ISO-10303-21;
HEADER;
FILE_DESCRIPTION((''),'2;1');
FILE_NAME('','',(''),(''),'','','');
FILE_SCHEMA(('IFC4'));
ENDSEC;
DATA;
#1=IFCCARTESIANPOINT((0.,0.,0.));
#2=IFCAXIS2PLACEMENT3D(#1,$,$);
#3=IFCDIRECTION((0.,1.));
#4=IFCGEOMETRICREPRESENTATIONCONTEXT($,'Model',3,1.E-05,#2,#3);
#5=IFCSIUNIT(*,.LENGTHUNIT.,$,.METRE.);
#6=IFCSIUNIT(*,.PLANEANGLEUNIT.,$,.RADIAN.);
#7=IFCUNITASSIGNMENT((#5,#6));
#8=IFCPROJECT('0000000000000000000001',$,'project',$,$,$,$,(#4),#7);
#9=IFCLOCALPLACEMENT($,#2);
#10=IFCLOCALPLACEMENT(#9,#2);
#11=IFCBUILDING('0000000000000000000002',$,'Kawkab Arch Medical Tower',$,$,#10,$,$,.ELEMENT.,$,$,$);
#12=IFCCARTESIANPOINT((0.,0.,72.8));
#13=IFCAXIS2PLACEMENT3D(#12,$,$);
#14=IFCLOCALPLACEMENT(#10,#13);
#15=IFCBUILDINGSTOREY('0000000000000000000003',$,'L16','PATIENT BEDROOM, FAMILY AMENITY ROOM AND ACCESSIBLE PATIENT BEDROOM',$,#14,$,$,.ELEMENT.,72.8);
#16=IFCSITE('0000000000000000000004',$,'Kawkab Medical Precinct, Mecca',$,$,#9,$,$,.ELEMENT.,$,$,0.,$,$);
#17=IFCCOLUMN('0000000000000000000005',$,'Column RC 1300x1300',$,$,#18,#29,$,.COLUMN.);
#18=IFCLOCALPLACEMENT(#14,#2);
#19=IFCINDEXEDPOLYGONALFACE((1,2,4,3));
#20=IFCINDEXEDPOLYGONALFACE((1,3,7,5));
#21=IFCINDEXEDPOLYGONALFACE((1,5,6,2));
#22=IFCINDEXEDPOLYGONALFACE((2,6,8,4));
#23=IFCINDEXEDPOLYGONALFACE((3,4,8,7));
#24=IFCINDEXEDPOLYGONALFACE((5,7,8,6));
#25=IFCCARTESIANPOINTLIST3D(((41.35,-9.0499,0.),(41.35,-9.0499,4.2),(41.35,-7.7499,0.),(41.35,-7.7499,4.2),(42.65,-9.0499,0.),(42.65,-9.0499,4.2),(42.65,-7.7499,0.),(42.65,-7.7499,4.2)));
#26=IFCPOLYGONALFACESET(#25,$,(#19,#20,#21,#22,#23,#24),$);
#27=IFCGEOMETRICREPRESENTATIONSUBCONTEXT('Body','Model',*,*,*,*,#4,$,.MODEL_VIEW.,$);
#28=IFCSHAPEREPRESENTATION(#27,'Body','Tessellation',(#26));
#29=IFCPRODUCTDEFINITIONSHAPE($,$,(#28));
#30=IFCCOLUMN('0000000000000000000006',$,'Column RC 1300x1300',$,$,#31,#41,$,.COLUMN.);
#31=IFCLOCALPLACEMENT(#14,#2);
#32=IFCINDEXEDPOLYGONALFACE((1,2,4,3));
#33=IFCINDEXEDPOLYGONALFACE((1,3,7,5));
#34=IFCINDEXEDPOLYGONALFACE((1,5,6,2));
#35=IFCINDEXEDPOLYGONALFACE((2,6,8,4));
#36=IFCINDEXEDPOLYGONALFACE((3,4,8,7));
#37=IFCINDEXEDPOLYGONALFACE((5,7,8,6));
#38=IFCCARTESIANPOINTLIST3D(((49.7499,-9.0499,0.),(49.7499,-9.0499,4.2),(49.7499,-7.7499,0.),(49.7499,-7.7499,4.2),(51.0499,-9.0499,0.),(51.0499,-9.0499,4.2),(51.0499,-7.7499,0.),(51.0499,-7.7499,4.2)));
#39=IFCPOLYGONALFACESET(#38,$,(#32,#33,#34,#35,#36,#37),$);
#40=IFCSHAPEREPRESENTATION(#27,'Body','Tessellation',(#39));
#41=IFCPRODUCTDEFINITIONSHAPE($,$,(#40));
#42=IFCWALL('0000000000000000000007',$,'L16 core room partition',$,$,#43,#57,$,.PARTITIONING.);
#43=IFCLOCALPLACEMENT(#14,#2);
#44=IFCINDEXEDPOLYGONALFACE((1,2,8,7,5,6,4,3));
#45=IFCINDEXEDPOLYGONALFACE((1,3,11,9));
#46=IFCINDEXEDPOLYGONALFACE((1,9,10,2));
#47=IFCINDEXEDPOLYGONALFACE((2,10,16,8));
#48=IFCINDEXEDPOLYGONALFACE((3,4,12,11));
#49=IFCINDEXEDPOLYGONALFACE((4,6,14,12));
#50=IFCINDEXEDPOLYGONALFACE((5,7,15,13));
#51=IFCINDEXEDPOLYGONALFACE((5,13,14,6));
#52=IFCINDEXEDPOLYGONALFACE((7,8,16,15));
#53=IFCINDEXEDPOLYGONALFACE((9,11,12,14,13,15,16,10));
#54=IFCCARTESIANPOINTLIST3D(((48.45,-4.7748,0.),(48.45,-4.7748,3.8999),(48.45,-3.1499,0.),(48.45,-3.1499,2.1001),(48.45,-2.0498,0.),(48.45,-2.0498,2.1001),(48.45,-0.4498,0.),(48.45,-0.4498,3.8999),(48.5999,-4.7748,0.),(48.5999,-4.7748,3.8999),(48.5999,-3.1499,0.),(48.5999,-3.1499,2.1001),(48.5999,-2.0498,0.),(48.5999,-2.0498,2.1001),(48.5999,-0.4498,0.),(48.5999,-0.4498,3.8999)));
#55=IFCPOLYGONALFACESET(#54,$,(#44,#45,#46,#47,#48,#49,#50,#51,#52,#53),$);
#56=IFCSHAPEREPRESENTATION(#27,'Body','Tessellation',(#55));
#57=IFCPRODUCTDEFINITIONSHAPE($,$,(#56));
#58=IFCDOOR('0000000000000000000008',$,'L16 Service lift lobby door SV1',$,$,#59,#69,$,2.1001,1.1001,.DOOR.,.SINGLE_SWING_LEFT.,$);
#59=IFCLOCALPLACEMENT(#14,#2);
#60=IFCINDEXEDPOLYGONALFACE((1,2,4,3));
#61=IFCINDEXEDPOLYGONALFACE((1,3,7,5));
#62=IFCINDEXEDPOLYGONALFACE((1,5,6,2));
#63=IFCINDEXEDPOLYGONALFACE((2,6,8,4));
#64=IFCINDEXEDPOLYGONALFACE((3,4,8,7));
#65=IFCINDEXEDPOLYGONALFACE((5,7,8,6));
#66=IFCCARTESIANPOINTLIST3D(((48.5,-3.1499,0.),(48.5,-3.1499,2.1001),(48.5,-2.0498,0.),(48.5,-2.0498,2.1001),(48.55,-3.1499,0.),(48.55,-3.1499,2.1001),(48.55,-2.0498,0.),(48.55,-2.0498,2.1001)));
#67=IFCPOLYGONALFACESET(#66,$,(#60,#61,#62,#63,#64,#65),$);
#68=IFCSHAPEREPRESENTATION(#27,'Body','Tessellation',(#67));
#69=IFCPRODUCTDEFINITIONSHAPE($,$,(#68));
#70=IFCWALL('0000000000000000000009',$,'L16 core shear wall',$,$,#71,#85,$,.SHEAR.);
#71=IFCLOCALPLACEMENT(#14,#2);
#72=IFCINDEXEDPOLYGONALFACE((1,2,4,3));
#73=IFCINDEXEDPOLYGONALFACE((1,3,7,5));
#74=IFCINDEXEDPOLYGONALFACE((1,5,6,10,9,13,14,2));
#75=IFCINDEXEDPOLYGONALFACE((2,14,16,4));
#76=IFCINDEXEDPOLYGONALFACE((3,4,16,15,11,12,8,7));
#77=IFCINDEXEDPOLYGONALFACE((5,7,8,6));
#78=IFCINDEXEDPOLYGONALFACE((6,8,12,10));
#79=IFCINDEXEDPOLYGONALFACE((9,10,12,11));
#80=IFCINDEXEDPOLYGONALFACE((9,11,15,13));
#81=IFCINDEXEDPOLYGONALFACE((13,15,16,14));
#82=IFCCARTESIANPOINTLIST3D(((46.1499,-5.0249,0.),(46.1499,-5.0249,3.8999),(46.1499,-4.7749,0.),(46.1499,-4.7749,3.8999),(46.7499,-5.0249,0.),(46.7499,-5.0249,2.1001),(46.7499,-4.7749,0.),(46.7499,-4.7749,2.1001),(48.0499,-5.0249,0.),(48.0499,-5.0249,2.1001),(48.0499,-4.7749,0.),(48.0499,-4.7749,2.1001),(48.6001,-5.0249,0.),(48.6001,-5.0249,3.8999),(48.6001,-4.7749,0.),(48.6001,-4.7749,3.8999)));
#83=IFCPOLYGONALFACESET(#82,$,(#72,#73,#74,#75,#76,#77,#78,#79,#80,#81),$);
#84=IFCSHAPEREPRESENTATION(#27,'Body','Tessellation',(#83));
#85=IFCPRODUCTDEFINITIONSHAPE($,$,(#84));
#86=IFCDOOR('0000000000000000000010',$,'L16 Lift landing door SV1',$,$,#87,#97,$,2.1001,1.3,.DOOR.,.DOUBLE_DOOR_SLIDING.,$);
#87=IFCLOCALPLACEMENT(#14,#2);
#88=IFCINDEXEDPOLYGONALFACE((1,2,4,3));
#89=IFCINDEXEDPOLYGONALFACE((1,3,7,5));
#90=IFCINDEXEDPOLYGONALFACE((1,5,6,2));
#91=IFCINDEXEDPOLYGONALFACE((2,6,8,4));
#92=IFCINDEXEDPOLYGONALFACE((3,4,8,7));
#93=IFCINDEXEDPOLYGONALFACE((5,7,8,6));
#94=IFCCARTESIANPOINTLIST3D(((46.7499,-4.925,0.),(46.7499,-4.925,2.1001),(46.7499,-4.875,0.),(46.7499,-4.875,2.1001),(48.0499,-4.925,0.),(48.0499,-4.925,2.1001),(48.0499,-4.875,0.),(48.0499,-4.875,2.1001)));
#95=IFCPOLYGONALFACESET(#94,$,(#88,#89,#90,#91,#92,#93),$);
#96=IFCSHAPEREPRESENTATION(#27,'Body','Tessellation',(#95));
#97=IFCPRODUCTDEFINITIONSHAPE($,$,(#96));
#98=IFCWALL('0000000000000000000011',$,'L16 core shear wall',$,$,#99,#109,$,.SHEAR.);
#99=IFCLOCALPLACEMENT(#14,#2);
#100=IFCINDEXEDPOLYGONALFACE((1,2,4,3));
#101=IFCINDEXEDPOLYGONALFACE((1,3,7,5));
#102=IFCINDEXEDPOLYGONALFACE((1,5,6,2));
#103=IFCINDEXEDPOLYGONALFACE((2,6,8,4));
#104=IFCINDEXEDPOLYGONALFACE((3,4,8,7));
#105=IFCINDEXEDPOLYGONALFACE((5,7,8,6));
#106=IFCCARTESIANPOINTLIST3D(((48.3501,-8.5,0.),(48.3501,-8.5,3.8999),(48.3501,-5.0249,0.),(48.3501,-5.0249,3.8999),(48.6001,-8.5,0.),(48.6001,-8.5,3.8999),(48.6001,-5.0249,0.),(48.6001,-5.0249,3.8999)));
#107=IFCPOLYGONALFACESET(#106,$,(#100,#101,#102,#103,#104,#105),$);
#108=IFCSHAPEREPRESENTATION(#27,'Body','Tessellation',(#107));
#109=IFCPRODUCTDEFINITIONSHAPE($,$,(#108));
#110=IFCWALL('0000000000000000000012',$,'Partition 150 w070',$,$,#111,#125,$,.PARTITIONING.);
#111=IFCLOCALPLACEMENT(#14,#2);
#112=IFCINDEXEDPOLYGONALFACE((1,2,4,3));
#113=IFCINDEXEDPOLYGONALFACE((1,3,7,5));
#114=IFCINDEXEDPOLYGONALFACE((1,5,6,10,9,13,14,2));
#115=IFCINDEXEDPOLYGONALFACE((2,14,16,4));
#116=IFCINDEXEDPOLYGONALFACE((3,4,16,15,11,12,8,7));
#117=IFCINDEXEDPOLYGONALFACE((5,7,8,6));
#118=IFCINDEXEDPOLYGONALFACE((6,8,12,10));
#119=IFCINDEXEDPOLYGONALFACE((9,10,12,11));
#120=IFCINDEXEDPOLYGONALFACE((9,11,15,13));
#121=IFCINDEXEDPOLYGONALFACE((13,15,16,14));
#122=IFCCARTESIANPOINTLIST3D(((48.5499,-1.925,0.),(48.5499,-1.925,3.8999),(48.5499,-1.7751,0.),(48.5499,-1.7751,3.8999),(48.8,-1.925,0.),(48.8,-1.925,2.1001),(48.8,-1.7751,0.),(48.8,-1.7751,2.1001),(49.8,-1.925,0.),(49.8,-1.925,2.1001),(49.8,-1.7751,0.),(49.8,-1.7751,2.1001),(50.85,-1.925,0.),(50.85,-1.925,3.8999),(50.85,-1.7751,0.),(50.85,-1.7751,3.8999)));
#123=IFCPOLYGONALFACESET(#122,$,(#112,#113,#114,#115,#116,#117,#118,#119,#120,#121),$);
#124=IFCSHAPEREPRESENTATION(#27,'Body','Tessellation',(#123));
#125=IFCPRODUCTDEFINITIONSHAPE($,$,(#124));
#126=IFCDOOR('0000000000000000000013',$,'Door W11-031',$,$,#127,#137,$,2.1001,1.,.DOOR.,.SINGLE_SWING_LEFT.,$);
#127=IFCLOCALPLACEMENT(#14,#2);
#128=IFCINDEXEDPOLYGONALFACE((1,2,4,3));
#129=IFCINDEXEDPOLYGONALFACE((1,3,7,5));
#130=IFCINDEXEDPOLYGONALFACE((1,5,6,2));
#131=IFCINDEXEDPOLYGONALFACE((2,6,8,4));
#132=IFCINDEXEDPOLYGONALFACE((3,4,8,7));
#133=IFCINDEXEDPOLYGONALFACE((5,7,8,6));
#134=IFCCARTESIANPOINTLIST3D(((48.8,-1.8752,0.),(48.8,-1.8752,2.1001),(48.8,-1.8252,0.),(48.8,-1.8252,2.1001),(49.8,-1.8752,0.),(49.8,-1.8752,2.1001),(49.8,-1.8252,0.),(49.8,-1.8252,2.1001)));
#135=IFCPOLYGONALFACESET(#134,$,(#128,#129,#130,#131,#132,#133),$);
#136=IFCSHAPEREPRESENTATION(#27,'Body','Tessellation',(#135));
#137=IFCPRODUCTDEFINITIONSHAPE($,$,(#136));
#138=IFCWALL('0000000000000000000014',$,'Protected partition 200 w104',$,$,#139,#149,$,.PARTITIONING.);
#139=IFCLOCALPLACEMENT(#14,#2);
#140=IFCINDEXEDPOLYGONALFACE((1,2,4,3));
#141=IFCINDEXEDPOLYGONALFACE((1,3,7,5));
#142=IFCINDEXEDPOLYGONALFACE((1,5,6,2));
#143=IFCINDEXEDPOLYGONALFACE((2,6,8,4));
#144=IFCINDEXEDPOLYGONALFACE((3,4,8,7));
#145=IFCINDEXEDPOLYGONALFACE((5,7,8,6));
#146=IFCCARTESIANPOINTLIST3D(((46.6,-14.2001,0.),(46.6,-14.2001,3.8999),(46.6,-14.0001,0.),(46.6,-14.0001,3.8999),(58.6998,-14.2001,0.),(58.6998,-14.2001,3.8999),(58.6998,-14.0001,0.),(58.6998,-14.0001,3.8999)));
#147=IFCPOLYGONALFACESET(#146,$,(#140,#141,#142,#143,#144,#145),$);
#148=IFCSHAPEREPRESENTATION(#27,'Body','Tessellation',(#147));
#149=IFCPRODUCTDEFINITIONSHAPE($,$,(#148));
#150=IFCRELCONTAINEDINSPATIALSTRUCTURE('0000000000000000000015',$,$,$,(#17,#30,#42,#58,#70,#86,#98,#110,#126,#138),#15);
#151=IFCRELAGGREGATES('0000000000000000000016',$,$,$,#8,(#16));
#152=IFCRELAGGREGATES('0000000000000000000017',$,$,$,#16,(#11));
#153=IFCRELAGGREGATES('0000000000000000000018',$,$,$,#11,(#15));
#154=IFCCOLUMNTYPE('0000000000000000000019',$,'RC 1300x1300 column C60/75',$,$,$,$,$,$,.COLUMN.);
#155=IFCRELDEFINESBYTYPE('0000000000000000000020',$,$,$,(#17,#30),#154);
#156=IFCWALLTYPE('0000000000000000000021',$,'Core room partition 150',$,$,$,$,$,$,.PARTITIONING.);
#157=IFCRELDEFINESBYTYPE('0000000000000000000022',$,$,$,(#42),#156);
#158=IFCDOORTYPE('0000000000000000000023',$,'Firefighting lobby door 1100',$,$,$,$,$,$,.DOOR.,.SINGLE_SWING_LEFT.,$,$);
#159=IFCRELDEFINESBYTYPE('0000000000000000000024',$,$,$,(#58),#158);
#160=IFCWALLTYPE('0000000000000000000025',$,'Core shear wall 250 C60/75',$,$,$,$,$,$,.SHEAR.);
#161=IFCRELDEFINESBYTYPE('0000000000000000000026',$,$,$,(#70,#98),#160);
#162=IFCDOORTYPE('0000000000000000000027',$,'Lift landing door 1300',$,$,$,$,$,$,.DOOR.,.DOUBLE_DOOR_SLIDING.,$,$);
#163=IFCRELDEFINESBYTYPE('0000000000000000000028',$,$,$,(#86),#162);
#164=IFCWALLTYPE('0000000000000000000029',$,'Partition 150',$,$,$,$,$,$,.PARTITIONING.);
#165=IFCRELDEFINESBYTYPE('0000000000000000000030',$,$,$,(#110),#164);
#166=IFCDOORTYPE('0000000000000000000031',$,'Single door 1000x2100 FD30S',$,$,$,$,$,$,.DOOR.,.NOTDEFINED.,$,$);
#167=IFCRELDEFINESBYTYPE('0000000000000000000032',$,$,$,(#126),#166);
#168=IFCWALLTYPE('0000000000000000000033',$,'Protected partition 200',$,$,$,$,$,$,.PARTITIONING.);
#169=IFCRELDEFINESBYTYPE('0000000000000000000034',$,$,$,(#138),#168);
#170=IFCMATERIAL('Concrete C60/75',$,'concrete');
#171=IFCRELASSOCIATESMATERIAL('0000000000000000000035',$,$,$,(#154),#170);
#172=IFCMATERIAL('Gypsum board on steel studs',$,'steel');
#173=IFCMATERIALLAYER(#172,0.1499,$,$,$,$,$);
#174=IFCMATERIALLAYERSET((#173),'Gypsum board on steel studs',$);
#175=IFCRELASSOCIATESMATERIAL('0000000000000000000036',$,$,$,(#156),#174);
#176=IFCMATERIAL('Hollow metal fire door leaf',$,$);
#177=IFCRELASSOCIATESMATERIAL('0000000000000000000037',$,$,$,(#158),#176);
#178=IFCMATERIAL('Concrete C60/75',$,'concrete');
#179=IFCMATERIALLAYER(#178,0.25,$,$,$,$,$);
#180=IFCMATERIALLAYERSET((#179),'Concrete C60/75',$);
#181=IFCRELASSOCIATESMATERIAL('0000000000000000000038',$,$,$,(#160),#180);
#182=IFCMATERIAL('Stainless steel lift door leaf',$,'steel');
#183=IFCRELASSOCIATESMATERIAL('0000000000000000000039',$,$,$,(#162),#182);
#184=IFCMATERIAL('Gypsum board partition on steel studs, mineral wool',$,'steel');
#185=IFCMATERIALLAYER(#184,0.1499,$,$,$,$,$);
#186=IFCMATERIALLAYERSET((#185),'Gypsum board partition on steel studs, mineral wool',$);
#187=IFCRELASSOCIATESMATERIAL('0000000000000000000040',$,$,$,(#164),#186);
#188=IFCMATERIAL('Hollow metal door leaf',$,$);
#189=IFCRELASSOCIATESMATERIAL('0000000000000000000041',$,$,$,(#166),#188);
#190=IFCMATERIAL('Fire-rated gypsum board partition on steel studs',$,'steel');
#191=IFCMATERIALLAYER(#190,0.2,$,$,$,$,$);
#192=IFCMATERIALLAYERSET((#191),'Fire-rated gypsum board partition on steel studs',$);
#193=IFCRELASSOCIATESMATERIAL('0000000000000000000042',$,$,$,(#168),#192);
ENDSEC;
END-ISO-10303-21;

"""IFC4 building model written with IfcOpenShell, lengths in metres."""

from ifc_helpers import new_model, si_unit, direction, frame, frame_2d, origin, origin_2d, place, context, subcontext, project, spatial, rectangle, extrude, material, layer, layer_set, material_profile, profile_set, type_object, element, fill, save


model = new_model("IFC4")

# Units and contexts
model_context = context("Model", 3, precision=1e-05, world=origin(), true_north=direction((0.0, 1.0)))
body_context = subcontext(model_context, "Body", "Model", "MODEL_VIEW")
ifc_project = project(units=[si_unit("LENGTHUNIT", "METRE"), si_unit("PLANEANGLEUNIT", "RADIAN")], contexts=[model_context])

# Site, building, storey
site_placement = place(None, origin())
site = spatial("IfcSite", under=ifc_project, at=site_placement, Name="Kawkab Medical Precinct, Mecca", CompositionType="ELEMENT", RefElevation=0.0)
building_placement = place(site_placement, origin())
building = spatial("IfcBuilding", under=site, at=building_placement, Name="Kawkab Arch Medical Tower", CompositionType="ELEMENT")
storey_placement = place(building_placement, frame((0.0, 0.0, 72.8)))
storey = spatial("IfcBuildingStorey", under=building, at=storey_placement, Name="L16", Description="PATIENT BEDROOM, FAMILY AMENITY ROOM AND ACCESSIBLE PATIENT BEDROOM", CompositionType="ELEMENT", Elevation=72.8)

# Columns
ifc_material_1 = material(Name="Concrete C60/75", Category="concrete")
ifc_material_profile = material_profile(ifc_material_1, rectangle(XDim=1.3, YDim=1.3, at=origin_2d()), Name="RC 1300x1300")
ifc_profile_set = profile_set([ifc_material_profile], Name="Concrete C60/75")
column_type = type_object("IfcColumnType", Name="RC 1300x1300 column C60/75", PredefinedType="COLUMN", material=ifc_profile_set)
for number, where, z_axis, x_axis, name in (
    (1, (42.0, -8.3999, 0.0), (0.0, 0.0, 1.0), (1.0, 0.0, 0.0), "Column RC 1300x1300"),
    (2, (50.3999, -8.3999, 0.0), (0.0, 0.0, 1.0), (1.0, 0.0, 0.0), "Column RC 1300x1300"),
):
    element("IfcColumn", number, at=place(storey_placement, frame(where, z_axis=z_axis, x_axis=x_axis)), inside=storey, type_object=column_type, Name=name, PredefinedType="COLUMN", context=body_context, shape_type="SweptSolid", body=[
        extrude(rectangle(XDim=1.3, YDim=1.3, at=origin_2d()), origin(), (0.0, 0.0, 1.0), 4.2),
    ])

# Walls, openings, doors
ifc_material_2 = material(Name="Gypsum board on steel studs", Category="steel")
ifc_layer_1 = layer(ifc_material_2, 0.1499)
ifc_layer_set_1 = layer_set([ifc_layer_1], Name="Gypsum board on steel studs")
wall_type_1 = type_object("IfcWallType", Name="Core room partition 150", PredefinedType="PARTITIONING", material=ifc_layer_set_1)
wall_1_placement = place(storey_placement, frame((48.5249, -4.7749, 0.0), z_axis=(0.0, 0.0, 1.0), x_axis=(0.0, 1.0, 0.0)))
wall_1 = element("IfcWall", 3, at=wall_1_placement, inside=storey, type_object=wall_type_1, Name="L16 core room partition", PredefinedType="PARTITIONING", context=body_context, shape_type="SweptSolid", body=[
    extrude(rectangle(XDim=4.325, YDim=0.1499, at=frame_2d((2.1626, 0.0))), origin(), (0.0, 0.0, 1.0), 3.8999),
])
opening_1_placement = place(wall_1_placement, frame((1.625, 0.0, 0.0)))
opening_1 = element("IfcOpeningElement", 4, at=opening_1_placement, cuts=wall_1, PredefinedType="OPENING", context=body_context, shape_type="SweptSolid", body=[
    extrude(rectangle(XDim=1.1001, YDim=2.1001, at=frame_2d((0.55, 1.05))), frame((0.0, 0.085, 0.0), z_axis=(0.0, -1.0, 0.0), x_axis=(1.0, 0.0, 0.0)), (0.0, 0.0, 1.0), 0.1699),
])
ifc_material_3 = material(Name="Hollow metal fire door leaf")
door_type_1 = type_object("IfcDoorType", Name="Firefighting lobby door 1100", OperationType="SINGLE_SWING_LEFT", PredefinedType="DOOR", material=ifc_material_3)
door_1_placement = place(opening_1_placement, origin())
door_1 = element("IfcDoor", 5, at=door_1_placement, inside=storey, type_object=door_type_1, Name="L16 Service lift lobby door SV1", OperationType="SINGLE_SWING_LEFT", OverallHeight=2.1001, OverallWidth=1.1001, PredefinedType="DOOR", context=body_context, shape_type="SweptSolid", body=[
    extrude(rectangle(XDim=1.1001, YDim=2.1001, at=frame_2d((0.55, 1.05))), frame((0.0, 0.0249, 0.0), z_axis=(0.0, -1.0, 0.0), x_axis=(1.0, 0.0, 0.0)), (0.0, 0.0, 1.0), 0.05),
])
fill(opening_1, door_1)
ifc_material_4 = material(Name="Concrete C60/75", Category="concrete")
ifc_layer_2 = layer(ifc_material_4, 0.25)
ifc_layer_set_2 = layer_set([ifc_layer_2], Name="Concrete C60/75")
wall_type_2 = type_object("IfcWallType", Name="Core shear wall 250 C60/75", PredefinedType="SHEAR", material=ifc_layer_set_2)
wall_2_placement = place(storey_placement, frame((46.1499, -4.8999, 0.0), z_axis=(0.0, 0.0, 1.0), x_axis=(1.0, 0.0, 0.0)))
wall_2 = element("IfcWall", 6, at=wall_2_placement, inside=storey, type_object=wall_type_2, Name="L16 core shear wall", PredefinedType="SHEAR", context=body_context, shape_type="SweptSolid", body=[
    extrude(rectangle(XDim=2.4502, YDim=0.25, at=frame_2d((1.2251, 0.0))), origin(), (0.0, 0.0, 1.0), 3.8999),
])
opening_2_placement = place(wall_2_placement, frame((0.6001, 0.0, 0.0)))
opening_2 = element("IfcOpeningElement", 7, at=opening_2_placement, cuts=wall_2, PredefinedType="OPENING", context=body_context, shape_type="SweptSolid", body=[
    extrude(rectangle(XDim=1.3, YDim=2.1001, at=frame_2d((0.6499, 1.05))), frame((0.0, 0.135, 0.0), z_axis=(0.0, -1.0, 0.0), x_axis=(1.0, 0.0, 0.0)), (0.0, 0.0, 1.0), 0.27),
])
ifc_material_5 = material(Name="Stainless steel lift door leaf", Category="steel")
door_type_2 = type_object("IfcDoorType", Name="Lift landing door 1300", OperationType="DOUBLE_DOOR_SLIDING", PredefinedType="DOOR", material=ifc_material_5)
door_2_placement = place(opening_2_placement, origin())
door_2 = element("IfcDoor", 8, at=door_2_placement, inside=storey, type_object=door_type_2, Name="L16 Lift landing door SV1", OperationType="DOUBLE_DOOR_SLIDING", OverallHeight=2.1001, OverallWidth=1.3, PredefinedType="DOOR", context=body_context, shape_type="SweptSolid", body=[
    extrude(rectangle(XDim=1.3, YDim=2.1001, at=frame_2d((0.6499, 1.05))), frame((0.0, 0.0249, 0.0), z_axis=(0.0, -1.0, 0.0), x_axis=(1.0, 0.0, 0.0)), (0.0, 0.0, 1.0), 0.05),
])
fill(opening_2, door_2)

# Wall
wall_3_placement = place(storey_placement, frame((48.4751, -8.5, 0.0), z_axis=(0.0, 0.0, 1.0), x_axis=(0.0, 1.0, 0.0)))
element("IfcWall", 9, at=wall_3_placement, inside=storey, type_object=wall_type_2, Name="L16 core shear wall", PredefinedType="SHEAR", context=body_context, shape_type="SweptSolid", body=[
    extrude(rectangle(XDim=3.4751, YDim=0.25, at=frame_2d((1.7375, 0.0))), origin(), (0.0, 0.0, 1.0), 3.8999),
])

# Wall, opening, door
ifc_material_6 = material(Name="Gypsum board partition on steel studs, mineral wool", Category="steel")
ifc_layer_3 = layer(ifc_material_6, 0.1499)
ifc_layer_set_3 = layer_set([ifc_layer_3], Name="Gypsum board partition on steel studs, mineral wool")
wall_type_3 = type_object("IfcWallType", Name="Partition 150", PredefinedType="PARTITIONING", material=ifc_layer_set_3)
wall_4_placement = place(storey_placement, frame((48.55, -1.8501, 0.0), z_axis=(0.0, 0.0, 1.0), x_axis=(1.0, 0.0, 0.0)))
wall_4 = element("IfcWall", 10, at=wall_4_placement, inside=storey, type_object=wall_type_3, Name="Partition 150 w070", PredefinedType="PARTITIONING", context=body_context, shape_type="SweptSolid", body=[
    extrude(rectangle(XDim=2.3, YDim=0.1499, at=frame_2d((1.1499, 0.0))), origin(), (0.0, 0.0, 1.0), 3.8999),
])
opening_3_placement = place(wall_4_placement, frame((0.25, 0.0, 0.0)))
opening_3 = element("IfcOpeningElement", 11, at=opening_3_placement, cuts=wall_4, PredefinedType="OPENING", context=body_context, shape_type="SweptSolid", body=[
    extrude(rectangle(XDim=1.0, YDim=2.1001, at=frame_2d((0.5, 1.05))), frame((0.0, 0.085, 0.0), z_axis=(0.0, -1.0, 0.0), x_axis=(1.0, 0.0, 0.0)), (0.0, 0.0, 1.0), 0.1699),
])
ifc_material_7 = material(Name="Hollow metal door leaf")
door_type_3 = type_object("IfcDoorType", Name="Single door 1000x2100 FD30S", OperationType="NOTDEFINED", PredefinedType="DOOR", material=ifc_material_7)
door_3_placement = place(opening_3_placement, origin())
door_3 = element("IfcDoor", 12, at=door_3_placement, inside=storey, type_object=door_type_3, Name="Door W11-031", OperationType="SINGLE_SWING_LEFT", OverallHeight=2.1001, OverallWidth=1.0, PredefinedType="DOOR", context=body_context, shape_type="SweptSolid", body=[
    extrude(rectangle(XDim=1.0, YDim=2.1001, at=frame_2d((0.5, 1.05))), frame((0.0, 0.0249, 0.0), z_axis=(0.0, -1.0, 0.0), x_axis=(1.0, 0.0, 0.0)), (0.0, 0.0, 1.0), 0.05),
])
fill(opening_3, door_3)

# Wall
ifc_material_8 = material(Name="Fire-rated gypsum board partition on steel studs", Category="steel")
ifc_layer_4 = layer(ifc_material_8, 0.2)
ifc_layer_set_4 = layer_set([ifc_layer_4], Name="Fire-rated gypsum board partition on steel studs")
wall_type_4 = type_object("IfcWallType", Name="Protected partition 200", PredefinedType="PARTITIONING", material=ifc_layer_set_4)
wall_5_placement = place(storey_placement, frame((46.6001, -14.1001, 0.0), z_axis=(0.0, 0.0, 1.0), x_axis=(1.0, 0.0, 0.0)))
element("IfcWall", 13, at=wall_5_placement, inside=storey, type_object=wall_type_4, Name="Protected partition 200 w104", PredefinedType="PARTITIONING", context=body_context, shape_type="SweptSolid", body=[
    extrude(rectangle(XDim=12.0999, YDim=0.2, at=frame_2d((6.0498, 0.0))), origin(), (0.0, 0.0, 1.0), 3.8999),
])

save(model, "model.ifc")
